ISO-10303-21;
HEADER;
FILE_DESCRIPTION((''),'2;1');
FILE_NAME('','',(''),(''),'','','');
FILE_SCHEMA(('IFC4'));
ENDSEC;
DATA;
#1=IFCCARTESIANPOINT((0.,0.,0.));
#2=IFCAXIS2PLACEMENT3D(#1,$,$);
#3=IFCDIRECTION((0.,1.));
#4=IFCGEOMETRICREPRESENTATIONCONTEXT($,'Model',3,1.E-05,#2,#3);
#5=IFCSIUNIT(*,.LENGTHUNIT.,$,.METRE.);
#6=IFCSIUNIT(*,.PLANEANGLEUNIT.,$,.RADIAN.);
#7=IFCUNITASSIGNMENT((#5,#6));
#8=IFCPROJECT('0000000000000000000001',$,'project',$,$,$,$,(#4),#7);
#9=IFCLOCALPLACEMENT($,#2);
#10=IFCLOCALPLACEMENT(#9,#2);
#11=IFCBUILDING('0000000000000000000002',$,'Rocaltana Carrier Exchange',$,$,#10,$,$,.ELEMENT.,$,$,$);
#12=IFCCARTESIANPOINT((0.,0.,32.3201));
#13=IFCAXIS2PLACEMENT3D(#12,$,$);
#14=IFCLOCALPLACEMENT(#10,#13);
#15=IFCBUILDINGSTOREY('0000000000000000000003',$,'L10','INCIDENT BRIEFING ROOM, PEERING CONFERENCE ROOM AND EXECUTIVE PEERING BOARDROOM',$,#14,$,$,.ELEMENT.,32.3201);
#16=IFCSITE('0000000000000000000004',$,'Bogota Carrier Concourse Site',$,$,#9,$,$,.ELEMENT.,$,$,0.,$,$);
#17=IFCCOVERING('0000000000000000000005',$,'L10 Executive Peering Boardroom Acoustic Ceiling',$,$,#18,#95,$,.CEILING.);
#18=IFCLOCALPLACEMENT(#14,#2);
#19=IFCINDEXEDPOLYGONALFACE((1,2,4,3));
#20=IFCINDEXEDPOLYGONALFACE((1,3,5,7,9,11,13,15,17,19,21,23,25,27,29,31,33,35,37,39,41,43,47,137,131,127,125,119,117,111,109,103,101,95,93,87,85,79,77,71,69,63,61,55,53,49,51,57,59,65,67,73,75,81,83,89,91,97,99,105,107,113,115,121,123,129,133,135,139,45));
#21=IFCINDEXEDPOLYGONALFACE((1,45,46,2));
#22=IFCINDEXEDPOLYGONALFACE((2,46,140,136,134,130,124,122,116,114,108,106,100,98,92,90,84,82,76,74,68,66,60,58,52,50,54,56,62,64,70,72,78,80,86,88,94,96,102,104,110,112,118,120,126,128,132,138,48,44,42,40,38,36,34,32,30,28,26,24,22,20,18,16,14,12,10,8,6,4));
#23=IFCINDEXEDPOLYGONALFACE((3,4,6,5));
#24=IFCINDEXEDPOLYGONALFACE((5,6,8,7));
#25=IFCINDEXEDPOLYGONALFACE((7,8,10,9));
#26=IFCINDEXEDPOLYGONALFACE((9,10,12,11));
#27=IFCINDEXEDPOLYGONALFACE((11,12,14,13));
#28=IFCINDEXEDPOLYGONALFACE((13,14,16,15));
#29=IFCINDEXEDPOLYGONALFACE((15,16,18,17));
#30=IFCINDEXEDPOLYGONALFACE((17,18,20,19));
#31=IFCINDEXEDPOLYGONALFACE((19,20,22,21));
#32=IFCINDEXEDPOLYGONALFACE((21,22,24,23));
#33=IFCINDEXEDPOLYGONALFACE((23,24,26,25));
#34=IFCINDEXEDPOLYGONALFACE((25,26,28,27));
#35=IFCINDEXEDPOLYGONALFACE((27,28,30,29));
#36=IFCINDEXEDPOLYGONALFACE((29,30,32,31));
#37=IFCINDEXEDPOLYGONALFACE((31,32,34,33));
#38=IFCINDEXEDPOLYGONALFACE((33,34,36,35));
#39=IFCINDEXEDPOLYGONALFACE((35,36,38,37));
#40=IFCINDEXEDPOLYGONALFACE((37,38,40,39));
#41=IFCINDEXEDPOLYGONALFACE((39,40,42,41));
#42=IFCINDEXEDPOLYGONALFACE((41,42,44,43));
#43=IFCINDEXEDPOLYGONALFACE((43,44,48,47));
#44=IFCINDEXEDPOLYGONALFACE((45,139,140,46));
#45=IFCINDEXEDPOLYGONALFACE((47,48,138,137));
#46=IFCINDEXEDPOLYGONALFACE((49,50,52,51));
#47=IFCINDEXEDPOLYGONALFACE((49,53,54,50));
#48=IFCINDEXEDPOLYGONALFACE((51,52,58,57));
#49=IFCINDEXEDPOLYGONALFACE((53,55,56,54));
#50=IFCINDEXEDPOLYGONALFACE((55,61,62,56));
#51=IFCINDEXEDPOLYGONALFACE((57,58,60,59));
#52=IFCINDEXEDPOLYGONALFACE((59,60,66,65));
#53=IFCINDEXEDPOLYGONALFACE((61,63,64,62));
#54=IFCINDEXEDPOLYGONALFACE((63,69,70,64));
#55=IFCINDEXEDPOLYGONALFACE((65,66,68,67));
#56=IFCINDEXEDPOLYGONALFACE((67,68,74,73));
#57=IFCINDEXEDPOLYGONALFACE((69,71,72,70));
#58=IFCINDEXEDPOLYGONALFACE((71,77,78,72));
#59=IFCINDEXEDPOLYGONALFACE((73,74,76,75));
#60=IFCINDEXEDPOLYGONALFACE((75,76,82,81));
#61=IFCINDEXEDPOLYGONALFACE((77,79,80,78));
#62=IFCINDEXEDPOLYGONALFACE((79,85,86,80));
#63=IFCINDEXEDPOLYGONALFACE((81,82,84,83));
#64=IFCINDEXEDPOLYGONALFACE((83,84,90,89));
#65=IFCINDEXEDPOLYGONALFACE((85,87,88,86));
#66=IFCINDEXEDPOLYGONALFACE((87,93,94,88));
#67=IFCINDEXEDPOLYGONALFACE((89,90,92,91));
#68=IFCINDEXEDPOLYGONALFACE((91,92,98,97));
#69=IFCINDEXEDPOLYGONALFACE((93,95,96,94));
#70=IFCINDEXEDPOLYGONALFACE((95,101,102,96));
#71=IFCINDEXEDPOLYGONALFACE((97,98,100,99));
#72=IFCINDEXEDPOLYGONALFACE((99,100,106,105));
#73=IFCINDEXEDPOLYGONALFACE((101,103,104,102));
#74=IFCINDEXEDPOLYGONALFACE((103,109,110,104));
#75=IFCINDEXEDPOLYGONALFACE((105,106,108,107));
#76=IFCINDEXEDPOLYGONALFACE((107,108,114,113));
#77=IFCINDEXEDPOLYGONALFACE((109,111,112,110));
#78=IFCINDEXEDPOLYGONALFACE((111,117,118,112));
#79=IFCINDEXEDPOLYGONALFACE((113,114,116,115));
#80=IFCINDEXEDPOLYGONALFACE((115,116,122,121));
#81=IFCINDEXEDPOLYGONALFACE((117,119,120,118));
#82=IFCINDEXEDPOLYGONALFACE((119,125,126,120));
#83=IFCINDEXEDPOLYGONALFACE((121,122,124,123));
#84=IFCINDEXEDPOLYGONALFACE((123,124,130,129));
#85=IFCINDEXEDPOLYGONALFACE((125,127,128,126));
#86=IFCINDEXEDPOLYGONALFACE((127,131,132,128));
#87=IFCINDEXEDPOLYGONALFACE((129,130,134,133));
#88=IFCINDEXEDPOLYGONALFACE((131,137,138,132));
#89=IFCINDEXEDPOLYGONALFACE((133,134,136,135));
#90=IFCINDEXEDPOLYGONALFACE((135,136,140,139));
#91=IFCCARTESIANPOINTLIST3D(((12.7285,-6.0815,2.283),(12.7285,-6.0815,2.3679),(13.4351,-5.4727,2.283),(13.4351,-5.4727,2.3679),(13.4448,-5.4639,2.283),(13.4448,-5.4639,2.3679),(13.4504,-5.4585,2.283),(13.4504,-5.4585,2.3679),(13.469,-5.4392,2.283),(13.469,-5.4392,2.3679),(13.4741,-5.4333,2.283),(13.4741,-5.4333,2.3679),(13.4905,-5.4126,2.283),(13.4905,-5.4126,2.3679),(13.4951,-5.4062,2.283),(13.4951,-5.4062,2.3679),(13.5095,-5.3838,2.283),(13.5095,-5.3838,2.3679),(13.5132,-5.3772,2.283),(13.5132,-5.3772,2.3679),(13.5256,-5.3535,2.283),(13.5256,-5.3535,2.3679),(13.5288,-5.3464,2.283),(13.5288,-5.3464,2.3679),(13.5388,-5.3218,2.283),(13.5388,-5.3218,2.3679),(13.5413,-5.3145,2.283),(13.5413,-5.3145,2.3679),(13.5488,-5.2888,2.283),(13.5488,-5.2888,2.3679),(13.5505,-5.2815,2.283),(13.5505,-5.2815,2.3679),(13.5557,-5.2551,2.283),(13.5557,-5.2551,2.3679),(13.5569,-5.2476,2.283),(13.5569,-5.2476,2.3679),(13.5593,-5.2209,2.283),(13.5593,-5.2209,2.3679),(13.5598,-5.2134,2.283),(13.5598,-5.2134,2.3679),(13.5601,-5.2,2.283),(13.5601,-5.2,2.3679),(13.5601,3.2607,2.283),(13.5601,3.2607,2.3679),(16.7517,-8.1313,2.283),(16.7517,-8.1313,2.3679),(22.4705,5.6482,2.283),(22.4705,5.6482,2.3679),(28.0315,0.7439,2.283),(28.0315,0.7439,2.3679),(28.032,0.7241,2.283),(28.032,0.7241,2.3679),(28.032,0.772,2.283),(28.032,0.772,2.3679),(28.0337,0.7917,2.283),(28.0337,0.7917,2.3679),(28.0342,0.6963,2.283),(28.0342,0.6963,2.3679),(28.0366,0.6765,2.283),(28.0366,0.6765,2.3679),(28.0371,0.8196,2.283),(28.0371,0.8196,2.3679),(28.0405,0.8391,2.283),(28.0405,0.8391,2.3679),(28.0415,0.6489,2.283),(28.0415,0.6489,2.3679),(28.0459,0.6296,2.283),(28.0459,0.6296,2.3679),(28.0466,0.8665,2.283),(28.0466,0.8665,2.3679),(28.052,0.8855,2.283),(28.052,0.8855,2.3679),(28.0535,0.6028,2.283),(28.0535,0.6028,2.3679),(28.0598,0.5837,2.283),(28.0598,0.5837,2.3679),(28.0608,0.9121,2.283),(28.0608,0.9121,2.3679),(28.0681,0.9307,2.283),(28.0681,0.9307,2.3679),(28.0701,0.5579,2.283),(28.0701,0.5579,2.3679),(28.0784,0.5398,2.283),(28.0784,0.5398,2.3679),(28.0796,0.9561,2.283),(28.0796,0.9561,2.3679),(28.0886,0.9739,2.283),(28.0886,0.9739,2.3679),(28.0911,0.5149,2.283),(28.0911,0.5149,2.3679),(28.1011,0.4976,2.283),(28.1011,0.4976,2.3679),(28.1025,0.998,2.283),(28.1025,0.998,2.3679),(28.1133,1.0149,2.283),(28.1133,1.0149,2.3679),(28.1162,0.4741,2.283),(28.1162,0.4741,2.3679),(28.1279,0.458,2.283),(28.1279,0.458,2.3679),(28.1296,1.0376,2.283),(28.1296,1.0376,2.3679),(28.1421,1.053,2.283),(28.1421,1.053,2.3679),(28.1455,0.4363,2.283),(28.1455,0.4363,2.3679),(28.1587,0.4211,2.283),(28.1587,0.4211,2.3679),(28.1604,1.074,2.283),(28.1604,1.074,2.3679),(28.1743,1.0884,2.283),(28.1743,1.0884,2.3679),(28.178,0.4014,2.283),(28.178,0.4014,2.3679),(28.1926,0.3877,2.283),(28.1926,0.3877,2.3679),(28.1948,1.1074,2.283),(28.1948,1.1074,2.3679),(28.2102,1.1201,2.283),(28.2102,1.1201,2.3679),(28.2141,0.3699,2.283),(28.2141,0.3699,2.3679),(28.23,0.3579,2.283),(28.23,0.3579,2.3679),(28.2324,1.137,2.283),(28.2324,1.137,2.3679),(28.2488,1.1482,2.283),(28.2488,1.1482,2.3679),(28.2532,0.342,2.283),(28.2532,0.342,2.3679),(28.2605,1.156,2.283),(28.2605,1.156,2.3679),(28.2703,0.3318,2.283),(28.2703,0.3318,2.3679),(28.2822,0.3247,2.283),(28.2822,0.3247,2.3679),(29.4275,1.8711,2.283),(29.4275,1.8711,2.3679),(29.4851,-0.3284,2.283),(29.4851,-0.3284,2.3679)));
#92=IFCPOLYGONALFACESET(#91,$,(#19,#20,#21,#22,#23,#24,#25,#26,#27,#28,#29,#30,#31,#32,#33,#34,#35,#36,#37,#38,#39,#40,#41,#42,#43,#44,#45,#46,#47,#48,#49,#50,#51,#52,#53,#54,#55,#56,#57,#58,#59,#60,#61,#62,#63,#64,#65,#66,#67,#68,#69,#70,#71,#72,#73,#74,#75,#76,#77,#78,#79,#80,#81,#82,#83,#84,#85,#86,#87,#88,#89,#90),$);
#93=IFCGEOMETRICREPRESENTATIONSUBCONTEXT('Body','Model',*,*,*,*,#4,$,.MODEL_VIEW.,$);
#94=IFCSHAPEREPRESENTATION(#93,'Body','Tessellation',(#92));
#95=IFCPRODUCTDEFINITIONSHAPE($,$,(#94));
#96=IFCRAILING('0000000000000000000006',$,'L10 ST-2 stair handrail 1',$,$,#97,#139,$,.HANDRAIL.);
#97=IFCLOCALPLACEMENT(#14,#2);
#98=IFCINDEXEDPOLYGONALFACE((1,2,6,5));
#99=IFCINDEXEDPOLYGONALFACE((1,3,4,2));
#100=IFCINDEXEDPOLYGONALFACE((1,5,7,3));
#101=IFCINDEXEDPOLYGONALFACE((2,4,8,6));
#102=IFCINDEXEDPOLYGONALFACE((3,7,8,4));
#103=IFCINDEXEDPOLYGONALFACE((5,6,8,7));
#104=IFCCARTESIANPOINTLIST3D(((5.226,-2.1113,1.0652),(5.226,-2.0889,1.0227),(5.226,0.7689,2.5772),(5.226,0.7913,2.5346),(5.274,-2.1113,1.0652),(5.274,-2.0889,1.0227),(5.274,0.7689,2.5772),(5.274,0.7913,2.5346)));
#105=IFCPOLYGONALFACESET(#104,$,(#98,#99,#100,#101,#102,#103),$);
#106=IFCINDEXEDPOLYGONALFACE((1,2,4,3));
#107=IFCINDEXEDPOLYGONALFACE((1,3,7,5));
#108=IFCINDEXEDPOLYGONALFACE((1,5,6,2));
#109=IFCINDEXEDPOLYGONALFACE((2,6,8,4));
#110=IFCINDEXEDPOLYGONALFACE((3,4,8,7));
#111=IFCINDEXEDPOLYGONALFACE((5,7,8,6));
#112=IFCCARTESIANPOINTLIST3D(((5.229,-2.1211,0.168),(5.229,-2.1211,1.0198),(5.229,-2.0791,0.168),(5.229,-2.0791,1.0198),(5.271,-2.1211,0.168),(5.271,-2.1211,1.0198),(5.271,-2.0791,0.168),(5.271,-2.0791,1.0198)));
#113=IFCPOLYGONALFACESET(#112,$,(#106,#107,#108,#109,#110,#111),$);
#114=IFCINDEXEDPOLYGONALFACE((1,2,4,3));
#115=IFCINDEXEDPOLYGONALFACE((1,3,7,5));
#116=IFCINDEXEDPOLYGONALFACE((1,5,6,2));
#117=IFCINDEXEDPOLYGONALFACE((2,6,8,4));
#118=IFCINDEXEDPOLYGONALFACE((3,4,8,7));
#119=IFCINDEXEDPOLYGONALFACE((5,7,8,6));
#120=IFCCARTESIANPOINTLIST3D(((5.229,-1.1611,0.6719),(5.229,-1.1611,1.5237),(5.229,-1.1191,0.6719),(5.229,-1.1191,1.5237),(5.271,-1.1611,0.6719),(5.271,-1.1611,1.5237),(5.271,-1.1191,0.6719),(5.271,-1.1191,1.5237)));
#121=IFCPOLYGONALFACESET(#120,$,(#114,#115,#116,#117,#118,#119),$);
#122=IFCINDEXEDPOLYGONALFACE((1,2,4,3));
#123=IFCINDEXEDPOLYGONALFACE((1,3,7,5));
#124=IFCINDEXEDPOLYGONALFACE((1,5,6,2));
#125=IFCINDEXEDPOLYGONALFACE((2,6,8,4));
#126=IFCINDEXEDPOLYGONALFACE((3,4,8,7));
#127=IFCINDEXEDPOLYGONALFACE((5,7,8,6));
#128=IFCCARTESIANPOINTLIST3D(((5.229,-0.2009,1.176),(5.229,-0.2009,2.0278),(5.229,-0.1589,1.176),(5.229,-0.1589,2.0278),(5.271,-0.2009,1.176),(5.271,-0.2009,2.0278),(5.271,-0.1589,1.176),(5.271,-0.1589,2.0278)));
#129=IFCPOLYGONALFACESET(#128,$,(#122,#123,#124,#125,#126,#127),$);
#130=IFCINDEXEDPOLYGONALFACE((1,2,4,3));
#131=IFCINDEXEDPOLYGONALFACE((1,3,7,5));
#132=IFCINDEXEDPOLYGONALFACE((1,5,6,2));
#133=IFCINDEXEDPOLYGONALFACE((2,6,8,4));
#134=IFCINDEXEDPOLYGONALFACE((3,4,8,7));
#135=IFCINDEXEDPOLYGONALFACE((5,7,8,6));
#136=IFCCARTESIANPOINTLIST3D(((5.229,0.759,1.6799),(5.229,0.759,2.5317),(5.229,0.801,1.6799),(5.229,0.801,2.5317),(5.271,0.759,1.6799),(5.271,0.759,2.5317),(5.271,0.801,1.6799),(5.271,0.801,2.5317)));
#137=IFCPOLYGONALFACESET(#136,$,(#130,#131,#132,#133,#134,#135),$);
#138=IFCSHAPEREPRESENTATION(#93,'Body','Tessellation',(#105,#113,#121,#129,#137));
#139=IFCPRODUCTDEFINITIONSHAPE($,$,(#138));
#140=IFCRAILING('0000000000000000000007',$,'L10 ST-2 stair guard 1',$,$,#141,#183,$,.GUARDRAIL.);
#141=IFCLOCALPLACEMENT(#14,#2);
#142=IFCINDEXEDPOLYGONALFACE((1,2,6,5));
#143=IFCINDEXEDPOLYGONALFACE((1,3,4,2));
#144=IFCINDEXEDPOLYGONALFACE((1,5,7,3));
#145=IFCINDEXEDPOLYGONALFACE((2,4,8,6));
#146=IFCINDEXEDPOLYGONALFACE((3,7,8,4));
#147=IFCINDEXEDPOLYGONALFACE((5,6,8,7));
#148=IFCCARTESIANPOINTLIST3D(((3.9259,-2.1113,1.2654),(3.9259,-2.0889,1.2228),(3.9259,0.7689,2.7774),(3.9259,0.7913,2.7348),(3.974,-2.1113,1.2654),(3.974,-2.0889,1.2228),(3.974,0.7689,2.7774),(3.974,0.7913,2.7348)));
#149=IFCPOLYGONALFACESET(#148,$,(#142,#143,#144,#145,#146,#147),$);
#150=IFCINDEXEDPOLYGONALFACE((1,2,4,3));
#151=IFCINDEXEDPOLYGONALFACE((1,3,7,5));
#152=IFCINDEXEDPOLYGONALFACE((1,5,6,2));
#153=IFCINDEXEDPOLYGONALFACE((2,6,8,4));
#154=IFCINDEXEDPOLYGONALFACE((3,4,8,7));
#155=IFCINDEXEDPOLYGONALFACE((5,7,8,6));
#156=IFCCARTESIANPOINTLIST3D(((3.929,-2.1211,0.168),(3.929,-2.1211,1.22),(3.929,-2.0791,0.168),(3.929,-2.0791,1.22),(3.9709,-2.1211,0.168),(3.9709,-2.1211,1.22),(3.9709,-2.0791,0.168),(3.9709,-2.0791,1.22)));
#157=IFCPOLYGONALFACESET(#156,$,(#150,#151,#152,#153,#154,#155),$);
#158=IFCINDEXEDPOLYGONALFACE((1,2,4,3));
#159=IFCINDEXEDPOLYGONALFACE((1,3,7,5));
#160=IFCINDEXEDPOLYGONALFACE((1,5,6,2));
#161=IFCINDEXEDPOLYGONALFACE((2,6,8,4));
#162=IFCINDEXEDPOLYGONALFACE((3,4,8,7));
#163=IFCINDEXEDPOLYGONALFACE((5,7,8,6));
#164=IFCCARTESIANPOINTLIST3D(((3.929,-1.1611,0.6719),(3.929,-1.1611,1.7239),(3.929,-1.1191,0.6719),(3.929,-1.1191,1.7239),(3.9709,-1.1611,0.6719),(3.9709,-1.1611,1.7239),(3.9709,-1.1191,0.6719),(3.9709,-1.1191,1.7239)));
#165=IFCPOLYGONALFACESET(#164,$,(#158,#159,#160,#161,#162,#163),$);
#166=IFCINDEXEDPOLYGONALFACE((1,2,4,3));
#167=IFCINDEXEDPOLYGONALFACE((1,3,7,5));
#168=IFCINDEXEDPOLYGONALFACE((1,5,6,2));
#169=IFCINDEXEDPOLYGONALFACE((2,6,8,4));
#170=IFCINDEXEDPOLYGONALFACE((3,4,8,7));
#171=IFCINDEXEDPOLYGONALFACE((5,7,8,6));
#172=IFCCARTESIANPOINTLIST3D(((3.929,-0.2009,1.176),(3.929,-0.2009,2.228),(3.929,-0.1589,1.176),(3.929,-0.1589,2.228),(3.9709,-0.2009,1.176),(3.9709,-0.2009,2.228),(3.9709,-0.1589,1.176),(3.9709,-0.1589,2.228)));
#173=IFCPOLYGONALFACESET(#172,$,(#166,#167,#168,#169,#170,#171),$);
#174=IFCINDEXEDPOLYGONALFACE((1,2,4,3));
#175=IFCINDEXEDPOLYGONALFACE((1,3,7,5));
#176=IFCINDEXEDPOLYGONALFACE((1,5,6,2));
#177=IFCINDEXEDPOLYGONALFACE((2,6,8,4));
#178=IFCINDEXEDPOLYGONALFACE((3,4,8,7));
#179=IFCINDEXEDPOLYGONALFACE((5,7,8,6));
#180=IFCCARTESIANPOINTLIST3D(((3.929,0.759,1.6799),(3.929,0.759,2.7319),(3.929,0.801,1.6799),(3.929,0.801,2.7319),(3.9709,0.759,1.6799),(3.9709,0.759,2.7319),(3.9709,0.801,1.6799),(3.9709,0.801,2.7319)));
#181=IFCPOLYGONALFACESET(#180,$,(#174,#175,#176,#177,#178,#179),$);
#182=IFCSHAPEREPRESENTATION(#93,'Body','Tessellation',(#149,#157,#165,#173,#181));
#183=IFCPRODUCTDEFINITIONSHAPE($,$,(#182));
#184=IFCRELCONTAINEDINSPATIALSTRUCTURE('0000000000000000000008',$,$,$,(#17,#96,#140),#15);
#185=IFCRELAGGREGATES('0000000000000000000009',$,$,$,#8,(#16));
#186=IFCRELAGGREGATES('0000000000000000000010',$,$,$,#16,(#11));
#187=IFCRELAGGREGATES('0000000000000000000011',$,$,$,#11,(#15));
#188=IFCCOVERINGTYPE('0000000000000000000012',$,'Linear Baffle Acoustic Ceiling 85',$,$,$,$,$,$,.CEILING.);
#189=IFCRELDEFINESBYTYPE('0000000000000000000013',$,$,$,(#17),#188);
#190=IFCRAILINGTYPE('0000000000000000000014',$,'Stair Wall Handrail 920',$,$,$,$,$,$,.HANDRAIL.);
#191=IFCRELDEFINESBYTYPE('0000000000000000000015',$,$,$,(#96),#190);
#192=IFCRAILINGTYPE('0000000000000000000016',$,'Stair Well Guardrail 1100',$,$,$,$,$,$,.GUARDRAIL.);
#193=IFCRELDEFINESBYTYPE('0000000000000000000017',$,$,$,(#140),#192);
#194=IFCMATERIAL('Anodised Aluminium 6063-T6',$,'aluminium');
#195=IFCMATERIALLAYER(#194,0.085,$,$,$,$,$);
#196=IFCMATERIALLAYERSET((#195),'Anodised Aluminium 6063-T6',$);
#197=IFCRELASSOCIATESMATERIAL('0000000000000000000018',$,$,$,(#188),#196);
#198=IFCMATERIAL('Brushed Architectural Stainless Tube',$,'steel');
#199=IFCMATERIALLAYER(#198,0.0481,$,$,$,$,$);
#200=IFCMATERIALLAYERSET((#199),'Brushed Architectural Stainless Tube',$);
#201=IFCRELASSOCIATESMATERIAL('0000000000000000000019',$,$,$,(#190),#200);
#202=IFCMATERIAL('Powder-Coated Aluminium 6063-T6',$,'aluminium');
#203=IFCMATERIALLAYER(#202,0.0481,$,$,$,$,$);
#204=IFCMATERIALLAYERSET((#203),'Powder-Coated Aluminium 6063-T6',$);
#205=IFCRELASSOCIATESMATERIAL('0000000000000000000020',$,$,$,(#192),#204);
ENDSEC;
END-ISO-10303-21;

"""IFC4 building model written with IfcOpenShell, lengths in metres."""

from ifc_helpers import new_model, si_unit, direction, frame, origin, origin_2d, place, context, subcontext, project, spatial, polyline, rectangle, outline, extrude, material, layer, layer_set, type_object, element, save


model = new_model("IFC4")

# Units and contexts
model_context = context("Model", 3, precision=1e-05, world=origin(), true_north=direction((0.0, 1.0)))
body_context = subcontext(model_context, "Body", "Model", "MODEL_VIEW")
ifc_project = project(units=[si_unit("LENGTHUNIT", "METRE"), si_unit("PLANEANGLEUNIT", "RADIAN")], contexts=[model_context])

# Site, building, storey
site_placement = place(None, origin())
site = spatial("IfcSite", under=ifc_project, at=site_placement, Name="Bogota Carrier Concourse Site", CompositionType="ELEMENT", RefElevation=0.0)
building_placement = place(site_placement, origin())
building = spatial("IfcBuilding", under=site, at=building_placement, Name="Rocaltana Carrier Exchange", CompositionType="ELEMENT")
storey_placement = place(building_placement, frame((0.0, 0.0, 32.3201)))
storey = spatial("IfcBuildingStorey", under=building, at=storey_placement, Name="L10", Description="INCIDENT BRIEFING ROOM, PEERING CONFERENCE ROOM AND EXECUTIVE PEERING BOARDROOM", CompositionType="ELEMENT", Elevation=32.3201)

# Covering
ifc_material_1 = material(Name="Anodised Aluminium 6063-T6", Category="aluminium")
ifc_layer_1 = layer(ifc_material_1, 0.085)
ifc_layer_set_1 = layer_set([ifc_layer_1], Name="Anodised Aluminium 6063-T6")
covering_type_1 = type_object("IfcCoveringType", Name="Linear Baffle Acoustic Ceiling 85", PredefinedType="CEILING", material=ifc_layer_set_1)
covering_1_placement = place(storey_placement, frame((0.0, 0.0, 2.283)))
element("IfcCovering", 1, at=covering_1_placement, inside=storey, type_object=covering_type_1, Name="L10 Executive Peering Boardroom Acoustic Ceiling", PredefinedType="CEILING", context=body_context, shape_type="SweptSolid", body=[
    extrude(outline(polyline([(29.4275, 1.8711), (28.2605, 1.156), (28.2488, 1.1482), (28.2324, 1.137), (28.2102, 1.1201), (28.1948, 1.1074), (28.1743, 1.0884), (28.1604, 1.074), (28.1421, 1.053), (28.1296, 1.0376), (28.1133, 1.0149), (28.1025, 0.998), (28.0886, 0.9739), (28.0796, 0.9561), (28.0681, 0.9307), (28.0608, 0.9121), (28.052, 0.8855), (28.0466, 0.8665), (28.0405, 0.8391), (28.0371, 0.8196), (28.0337, 0.7917), (28.032, 0.772), (28.0315, 0.7439), (28.032, 0.7241), (28.0342, 0.6963), (28.0366, 0.6765), (28.0415, 0.6489), (28.0459, 0.6296), (28.0535, 0.6028), (28.0598, 0.5837), (28.0701, 0.5579), (28.0784, 0.5398), (28.0911, 0.5149), (28.1011, 0.4976), (28.1162, 0.4741), (28.1279, 0.458), (28.1455, 0.4363), (28.1587, 0.4211), (28.178, 0.4014), (28.1926, 0.3877), (28.2141, 0.3699), (28.23, 0.3579), (28.2532, 0.342), (28.2703, 0.3318), (28.2822, 0.3247), (29.4851, -0.3284), (16.7517, -8.1313), (12.7285, -6.0815), (13.4351, -5.4727), (13.4448, -5.4639), (13.4504, -5.4585), (13.469, -5.4392), (13.4741, -5.4333), (13.4905, -5.4126), (13.4951, -5.4062), (13.5095, -5.3838), (13.5132, -5.3772), (13.5256, -5.3535), (13.5288, -5.3464), (13.5388, -5.3218), (13.5413, -5.3145), (13.5488, -5.2888), (13.5505, -5.2815), (13.5557, -5.2551), (13.5569, -5.2476), (13.5593, -5.2209), (13.5598, -5.2134), (13.5601, -5.2), (13.5601, 3.2607), (22.4705, 5.6482), (29.4275, 1.8711)])), origin(), (0.0, 0.0, 1.0), 0.085),
])

# Railings
ifc_material_2 = material(Name="Brushed Architectural Stainless Tube", Category="steel")
ifc_layer_2 = layer(ifc_material_2, 0.0481)
ifc_layer_set_2 = layer_set([ifc_layer_2], Name="Brushed Architectural Stainless Tube")
railing_type_1 = type_object("IfcRailingType", Name="Stair Wall Handrail 920", PredefinedType="HANDRAIL", material=ifc_layer_set_2)
railing_1_placement = place(storey_placement, frame((5.25, -2.1001, 0.168)))
element("IfcRailing", 2, at=railing_1_placement, inside=storey, type_object=railing_type_1, Name="L10 ST-2 stair handrail 1", PredefinedType="HANDRAIL", context=body_context, shape_type="SweptSolid", body=[
    extrude(rectangle(XDim=0.0481, YDim=0.0481, at=origin_2d()), frame((0.0, 0.0, 0.876), z_axis=(0.0, 0.885411, 0.464809), x_axis=(-1.0, 0.0, 0.0)), (0.0, 0.0, 1.0), 3.2529),
    extrude(rectangle(XDim=0.042, YDim=0.042, at=origin_2d()), origin(), (0.0, 0.0, 1.0), 0.8518),
    extrude(rectangle(XDim=0.042, YDim=0.042, at=origin_2d()), frame((0.0, 0.96, 0.5039)), (0.0, 0.0, 1.0), 0.8518),
    extrude(rectangle(XDim=0.042, YDim=0.042, at=origin_2d()), frame((0.0, 1.9202, 1.0081)), (0.0, 0.0, 1.0), 0.8518),
    extrude(rectangle(XDim=0.042, YDim=0.042, at=origin_2d()), frame((0.0, 2.8801, 1.512)), (0.0, 0.0, 1.0), 0.8518),
])
ifc_material_3 = material(Name="Powder-Coated Aluminium 6063-T6", Category="aluminium")
ifc_layer_3 = layer(ifc_material_3, 0.0481)
ifc_layer_set_3 = layer_set([ifc_layer_3], Name="Powder-Coated Aluminium 6063-T6")
railing_type_2 = type_object("IfcRailingType", Name="Stair Well Guardrail 1100", PredefinedType="GUARDRAIL", material=ifc_layer_set_3)
railing_2_placement = place(storey_placement, frame((3.95, -2.1001, 0.168)))
element("IfcRailing", 3, at=railing_2_placement, inside=storey, type_object=railing_type_2, Name="L10 ST-2 stair guard 1", PredefinedType="GUARDRAIL", context=body_context, shape_type="SweptSolid", body=[
    extrude(rectangle(XDim=0.0481, YDim=0.0481, at=origin_2d()), frame((0.0, 0.0, 1.0762), z_axis=(0.0, 0.885411, 0.464809), x_axis=(-1.0, 0.0, 0.0)), (0.0, 0.0, 1.0), 3.2529),
    extrude(rectangle(XDim=0.042, YDim=0.042, at=origin_2d()), origin(), (0.0, 0.0, 1.0), 1.052),
    extrude(rectangle(XDim=0.042, YDim=0.042, at=origin_2d()), frame((0.0, 0.96, 0.5039)), (0.0, 0.0, 1.0), 1.052),
    extrude(rectangle(XDim=0.042, YDim=0.042, at=origin_2d()), frame((0.0, 1.9202, 1.0081)), (0.0, 0.0, 1.0), 1.052),
    extrude(rectangle(XDim=0.042, YDim=0.042, at=origin_2d()), frame((0.0, 2.8801, 1.512)), (0.0, 0.0, 1.0), 1.052),
])

save(model, "model.ifc")
